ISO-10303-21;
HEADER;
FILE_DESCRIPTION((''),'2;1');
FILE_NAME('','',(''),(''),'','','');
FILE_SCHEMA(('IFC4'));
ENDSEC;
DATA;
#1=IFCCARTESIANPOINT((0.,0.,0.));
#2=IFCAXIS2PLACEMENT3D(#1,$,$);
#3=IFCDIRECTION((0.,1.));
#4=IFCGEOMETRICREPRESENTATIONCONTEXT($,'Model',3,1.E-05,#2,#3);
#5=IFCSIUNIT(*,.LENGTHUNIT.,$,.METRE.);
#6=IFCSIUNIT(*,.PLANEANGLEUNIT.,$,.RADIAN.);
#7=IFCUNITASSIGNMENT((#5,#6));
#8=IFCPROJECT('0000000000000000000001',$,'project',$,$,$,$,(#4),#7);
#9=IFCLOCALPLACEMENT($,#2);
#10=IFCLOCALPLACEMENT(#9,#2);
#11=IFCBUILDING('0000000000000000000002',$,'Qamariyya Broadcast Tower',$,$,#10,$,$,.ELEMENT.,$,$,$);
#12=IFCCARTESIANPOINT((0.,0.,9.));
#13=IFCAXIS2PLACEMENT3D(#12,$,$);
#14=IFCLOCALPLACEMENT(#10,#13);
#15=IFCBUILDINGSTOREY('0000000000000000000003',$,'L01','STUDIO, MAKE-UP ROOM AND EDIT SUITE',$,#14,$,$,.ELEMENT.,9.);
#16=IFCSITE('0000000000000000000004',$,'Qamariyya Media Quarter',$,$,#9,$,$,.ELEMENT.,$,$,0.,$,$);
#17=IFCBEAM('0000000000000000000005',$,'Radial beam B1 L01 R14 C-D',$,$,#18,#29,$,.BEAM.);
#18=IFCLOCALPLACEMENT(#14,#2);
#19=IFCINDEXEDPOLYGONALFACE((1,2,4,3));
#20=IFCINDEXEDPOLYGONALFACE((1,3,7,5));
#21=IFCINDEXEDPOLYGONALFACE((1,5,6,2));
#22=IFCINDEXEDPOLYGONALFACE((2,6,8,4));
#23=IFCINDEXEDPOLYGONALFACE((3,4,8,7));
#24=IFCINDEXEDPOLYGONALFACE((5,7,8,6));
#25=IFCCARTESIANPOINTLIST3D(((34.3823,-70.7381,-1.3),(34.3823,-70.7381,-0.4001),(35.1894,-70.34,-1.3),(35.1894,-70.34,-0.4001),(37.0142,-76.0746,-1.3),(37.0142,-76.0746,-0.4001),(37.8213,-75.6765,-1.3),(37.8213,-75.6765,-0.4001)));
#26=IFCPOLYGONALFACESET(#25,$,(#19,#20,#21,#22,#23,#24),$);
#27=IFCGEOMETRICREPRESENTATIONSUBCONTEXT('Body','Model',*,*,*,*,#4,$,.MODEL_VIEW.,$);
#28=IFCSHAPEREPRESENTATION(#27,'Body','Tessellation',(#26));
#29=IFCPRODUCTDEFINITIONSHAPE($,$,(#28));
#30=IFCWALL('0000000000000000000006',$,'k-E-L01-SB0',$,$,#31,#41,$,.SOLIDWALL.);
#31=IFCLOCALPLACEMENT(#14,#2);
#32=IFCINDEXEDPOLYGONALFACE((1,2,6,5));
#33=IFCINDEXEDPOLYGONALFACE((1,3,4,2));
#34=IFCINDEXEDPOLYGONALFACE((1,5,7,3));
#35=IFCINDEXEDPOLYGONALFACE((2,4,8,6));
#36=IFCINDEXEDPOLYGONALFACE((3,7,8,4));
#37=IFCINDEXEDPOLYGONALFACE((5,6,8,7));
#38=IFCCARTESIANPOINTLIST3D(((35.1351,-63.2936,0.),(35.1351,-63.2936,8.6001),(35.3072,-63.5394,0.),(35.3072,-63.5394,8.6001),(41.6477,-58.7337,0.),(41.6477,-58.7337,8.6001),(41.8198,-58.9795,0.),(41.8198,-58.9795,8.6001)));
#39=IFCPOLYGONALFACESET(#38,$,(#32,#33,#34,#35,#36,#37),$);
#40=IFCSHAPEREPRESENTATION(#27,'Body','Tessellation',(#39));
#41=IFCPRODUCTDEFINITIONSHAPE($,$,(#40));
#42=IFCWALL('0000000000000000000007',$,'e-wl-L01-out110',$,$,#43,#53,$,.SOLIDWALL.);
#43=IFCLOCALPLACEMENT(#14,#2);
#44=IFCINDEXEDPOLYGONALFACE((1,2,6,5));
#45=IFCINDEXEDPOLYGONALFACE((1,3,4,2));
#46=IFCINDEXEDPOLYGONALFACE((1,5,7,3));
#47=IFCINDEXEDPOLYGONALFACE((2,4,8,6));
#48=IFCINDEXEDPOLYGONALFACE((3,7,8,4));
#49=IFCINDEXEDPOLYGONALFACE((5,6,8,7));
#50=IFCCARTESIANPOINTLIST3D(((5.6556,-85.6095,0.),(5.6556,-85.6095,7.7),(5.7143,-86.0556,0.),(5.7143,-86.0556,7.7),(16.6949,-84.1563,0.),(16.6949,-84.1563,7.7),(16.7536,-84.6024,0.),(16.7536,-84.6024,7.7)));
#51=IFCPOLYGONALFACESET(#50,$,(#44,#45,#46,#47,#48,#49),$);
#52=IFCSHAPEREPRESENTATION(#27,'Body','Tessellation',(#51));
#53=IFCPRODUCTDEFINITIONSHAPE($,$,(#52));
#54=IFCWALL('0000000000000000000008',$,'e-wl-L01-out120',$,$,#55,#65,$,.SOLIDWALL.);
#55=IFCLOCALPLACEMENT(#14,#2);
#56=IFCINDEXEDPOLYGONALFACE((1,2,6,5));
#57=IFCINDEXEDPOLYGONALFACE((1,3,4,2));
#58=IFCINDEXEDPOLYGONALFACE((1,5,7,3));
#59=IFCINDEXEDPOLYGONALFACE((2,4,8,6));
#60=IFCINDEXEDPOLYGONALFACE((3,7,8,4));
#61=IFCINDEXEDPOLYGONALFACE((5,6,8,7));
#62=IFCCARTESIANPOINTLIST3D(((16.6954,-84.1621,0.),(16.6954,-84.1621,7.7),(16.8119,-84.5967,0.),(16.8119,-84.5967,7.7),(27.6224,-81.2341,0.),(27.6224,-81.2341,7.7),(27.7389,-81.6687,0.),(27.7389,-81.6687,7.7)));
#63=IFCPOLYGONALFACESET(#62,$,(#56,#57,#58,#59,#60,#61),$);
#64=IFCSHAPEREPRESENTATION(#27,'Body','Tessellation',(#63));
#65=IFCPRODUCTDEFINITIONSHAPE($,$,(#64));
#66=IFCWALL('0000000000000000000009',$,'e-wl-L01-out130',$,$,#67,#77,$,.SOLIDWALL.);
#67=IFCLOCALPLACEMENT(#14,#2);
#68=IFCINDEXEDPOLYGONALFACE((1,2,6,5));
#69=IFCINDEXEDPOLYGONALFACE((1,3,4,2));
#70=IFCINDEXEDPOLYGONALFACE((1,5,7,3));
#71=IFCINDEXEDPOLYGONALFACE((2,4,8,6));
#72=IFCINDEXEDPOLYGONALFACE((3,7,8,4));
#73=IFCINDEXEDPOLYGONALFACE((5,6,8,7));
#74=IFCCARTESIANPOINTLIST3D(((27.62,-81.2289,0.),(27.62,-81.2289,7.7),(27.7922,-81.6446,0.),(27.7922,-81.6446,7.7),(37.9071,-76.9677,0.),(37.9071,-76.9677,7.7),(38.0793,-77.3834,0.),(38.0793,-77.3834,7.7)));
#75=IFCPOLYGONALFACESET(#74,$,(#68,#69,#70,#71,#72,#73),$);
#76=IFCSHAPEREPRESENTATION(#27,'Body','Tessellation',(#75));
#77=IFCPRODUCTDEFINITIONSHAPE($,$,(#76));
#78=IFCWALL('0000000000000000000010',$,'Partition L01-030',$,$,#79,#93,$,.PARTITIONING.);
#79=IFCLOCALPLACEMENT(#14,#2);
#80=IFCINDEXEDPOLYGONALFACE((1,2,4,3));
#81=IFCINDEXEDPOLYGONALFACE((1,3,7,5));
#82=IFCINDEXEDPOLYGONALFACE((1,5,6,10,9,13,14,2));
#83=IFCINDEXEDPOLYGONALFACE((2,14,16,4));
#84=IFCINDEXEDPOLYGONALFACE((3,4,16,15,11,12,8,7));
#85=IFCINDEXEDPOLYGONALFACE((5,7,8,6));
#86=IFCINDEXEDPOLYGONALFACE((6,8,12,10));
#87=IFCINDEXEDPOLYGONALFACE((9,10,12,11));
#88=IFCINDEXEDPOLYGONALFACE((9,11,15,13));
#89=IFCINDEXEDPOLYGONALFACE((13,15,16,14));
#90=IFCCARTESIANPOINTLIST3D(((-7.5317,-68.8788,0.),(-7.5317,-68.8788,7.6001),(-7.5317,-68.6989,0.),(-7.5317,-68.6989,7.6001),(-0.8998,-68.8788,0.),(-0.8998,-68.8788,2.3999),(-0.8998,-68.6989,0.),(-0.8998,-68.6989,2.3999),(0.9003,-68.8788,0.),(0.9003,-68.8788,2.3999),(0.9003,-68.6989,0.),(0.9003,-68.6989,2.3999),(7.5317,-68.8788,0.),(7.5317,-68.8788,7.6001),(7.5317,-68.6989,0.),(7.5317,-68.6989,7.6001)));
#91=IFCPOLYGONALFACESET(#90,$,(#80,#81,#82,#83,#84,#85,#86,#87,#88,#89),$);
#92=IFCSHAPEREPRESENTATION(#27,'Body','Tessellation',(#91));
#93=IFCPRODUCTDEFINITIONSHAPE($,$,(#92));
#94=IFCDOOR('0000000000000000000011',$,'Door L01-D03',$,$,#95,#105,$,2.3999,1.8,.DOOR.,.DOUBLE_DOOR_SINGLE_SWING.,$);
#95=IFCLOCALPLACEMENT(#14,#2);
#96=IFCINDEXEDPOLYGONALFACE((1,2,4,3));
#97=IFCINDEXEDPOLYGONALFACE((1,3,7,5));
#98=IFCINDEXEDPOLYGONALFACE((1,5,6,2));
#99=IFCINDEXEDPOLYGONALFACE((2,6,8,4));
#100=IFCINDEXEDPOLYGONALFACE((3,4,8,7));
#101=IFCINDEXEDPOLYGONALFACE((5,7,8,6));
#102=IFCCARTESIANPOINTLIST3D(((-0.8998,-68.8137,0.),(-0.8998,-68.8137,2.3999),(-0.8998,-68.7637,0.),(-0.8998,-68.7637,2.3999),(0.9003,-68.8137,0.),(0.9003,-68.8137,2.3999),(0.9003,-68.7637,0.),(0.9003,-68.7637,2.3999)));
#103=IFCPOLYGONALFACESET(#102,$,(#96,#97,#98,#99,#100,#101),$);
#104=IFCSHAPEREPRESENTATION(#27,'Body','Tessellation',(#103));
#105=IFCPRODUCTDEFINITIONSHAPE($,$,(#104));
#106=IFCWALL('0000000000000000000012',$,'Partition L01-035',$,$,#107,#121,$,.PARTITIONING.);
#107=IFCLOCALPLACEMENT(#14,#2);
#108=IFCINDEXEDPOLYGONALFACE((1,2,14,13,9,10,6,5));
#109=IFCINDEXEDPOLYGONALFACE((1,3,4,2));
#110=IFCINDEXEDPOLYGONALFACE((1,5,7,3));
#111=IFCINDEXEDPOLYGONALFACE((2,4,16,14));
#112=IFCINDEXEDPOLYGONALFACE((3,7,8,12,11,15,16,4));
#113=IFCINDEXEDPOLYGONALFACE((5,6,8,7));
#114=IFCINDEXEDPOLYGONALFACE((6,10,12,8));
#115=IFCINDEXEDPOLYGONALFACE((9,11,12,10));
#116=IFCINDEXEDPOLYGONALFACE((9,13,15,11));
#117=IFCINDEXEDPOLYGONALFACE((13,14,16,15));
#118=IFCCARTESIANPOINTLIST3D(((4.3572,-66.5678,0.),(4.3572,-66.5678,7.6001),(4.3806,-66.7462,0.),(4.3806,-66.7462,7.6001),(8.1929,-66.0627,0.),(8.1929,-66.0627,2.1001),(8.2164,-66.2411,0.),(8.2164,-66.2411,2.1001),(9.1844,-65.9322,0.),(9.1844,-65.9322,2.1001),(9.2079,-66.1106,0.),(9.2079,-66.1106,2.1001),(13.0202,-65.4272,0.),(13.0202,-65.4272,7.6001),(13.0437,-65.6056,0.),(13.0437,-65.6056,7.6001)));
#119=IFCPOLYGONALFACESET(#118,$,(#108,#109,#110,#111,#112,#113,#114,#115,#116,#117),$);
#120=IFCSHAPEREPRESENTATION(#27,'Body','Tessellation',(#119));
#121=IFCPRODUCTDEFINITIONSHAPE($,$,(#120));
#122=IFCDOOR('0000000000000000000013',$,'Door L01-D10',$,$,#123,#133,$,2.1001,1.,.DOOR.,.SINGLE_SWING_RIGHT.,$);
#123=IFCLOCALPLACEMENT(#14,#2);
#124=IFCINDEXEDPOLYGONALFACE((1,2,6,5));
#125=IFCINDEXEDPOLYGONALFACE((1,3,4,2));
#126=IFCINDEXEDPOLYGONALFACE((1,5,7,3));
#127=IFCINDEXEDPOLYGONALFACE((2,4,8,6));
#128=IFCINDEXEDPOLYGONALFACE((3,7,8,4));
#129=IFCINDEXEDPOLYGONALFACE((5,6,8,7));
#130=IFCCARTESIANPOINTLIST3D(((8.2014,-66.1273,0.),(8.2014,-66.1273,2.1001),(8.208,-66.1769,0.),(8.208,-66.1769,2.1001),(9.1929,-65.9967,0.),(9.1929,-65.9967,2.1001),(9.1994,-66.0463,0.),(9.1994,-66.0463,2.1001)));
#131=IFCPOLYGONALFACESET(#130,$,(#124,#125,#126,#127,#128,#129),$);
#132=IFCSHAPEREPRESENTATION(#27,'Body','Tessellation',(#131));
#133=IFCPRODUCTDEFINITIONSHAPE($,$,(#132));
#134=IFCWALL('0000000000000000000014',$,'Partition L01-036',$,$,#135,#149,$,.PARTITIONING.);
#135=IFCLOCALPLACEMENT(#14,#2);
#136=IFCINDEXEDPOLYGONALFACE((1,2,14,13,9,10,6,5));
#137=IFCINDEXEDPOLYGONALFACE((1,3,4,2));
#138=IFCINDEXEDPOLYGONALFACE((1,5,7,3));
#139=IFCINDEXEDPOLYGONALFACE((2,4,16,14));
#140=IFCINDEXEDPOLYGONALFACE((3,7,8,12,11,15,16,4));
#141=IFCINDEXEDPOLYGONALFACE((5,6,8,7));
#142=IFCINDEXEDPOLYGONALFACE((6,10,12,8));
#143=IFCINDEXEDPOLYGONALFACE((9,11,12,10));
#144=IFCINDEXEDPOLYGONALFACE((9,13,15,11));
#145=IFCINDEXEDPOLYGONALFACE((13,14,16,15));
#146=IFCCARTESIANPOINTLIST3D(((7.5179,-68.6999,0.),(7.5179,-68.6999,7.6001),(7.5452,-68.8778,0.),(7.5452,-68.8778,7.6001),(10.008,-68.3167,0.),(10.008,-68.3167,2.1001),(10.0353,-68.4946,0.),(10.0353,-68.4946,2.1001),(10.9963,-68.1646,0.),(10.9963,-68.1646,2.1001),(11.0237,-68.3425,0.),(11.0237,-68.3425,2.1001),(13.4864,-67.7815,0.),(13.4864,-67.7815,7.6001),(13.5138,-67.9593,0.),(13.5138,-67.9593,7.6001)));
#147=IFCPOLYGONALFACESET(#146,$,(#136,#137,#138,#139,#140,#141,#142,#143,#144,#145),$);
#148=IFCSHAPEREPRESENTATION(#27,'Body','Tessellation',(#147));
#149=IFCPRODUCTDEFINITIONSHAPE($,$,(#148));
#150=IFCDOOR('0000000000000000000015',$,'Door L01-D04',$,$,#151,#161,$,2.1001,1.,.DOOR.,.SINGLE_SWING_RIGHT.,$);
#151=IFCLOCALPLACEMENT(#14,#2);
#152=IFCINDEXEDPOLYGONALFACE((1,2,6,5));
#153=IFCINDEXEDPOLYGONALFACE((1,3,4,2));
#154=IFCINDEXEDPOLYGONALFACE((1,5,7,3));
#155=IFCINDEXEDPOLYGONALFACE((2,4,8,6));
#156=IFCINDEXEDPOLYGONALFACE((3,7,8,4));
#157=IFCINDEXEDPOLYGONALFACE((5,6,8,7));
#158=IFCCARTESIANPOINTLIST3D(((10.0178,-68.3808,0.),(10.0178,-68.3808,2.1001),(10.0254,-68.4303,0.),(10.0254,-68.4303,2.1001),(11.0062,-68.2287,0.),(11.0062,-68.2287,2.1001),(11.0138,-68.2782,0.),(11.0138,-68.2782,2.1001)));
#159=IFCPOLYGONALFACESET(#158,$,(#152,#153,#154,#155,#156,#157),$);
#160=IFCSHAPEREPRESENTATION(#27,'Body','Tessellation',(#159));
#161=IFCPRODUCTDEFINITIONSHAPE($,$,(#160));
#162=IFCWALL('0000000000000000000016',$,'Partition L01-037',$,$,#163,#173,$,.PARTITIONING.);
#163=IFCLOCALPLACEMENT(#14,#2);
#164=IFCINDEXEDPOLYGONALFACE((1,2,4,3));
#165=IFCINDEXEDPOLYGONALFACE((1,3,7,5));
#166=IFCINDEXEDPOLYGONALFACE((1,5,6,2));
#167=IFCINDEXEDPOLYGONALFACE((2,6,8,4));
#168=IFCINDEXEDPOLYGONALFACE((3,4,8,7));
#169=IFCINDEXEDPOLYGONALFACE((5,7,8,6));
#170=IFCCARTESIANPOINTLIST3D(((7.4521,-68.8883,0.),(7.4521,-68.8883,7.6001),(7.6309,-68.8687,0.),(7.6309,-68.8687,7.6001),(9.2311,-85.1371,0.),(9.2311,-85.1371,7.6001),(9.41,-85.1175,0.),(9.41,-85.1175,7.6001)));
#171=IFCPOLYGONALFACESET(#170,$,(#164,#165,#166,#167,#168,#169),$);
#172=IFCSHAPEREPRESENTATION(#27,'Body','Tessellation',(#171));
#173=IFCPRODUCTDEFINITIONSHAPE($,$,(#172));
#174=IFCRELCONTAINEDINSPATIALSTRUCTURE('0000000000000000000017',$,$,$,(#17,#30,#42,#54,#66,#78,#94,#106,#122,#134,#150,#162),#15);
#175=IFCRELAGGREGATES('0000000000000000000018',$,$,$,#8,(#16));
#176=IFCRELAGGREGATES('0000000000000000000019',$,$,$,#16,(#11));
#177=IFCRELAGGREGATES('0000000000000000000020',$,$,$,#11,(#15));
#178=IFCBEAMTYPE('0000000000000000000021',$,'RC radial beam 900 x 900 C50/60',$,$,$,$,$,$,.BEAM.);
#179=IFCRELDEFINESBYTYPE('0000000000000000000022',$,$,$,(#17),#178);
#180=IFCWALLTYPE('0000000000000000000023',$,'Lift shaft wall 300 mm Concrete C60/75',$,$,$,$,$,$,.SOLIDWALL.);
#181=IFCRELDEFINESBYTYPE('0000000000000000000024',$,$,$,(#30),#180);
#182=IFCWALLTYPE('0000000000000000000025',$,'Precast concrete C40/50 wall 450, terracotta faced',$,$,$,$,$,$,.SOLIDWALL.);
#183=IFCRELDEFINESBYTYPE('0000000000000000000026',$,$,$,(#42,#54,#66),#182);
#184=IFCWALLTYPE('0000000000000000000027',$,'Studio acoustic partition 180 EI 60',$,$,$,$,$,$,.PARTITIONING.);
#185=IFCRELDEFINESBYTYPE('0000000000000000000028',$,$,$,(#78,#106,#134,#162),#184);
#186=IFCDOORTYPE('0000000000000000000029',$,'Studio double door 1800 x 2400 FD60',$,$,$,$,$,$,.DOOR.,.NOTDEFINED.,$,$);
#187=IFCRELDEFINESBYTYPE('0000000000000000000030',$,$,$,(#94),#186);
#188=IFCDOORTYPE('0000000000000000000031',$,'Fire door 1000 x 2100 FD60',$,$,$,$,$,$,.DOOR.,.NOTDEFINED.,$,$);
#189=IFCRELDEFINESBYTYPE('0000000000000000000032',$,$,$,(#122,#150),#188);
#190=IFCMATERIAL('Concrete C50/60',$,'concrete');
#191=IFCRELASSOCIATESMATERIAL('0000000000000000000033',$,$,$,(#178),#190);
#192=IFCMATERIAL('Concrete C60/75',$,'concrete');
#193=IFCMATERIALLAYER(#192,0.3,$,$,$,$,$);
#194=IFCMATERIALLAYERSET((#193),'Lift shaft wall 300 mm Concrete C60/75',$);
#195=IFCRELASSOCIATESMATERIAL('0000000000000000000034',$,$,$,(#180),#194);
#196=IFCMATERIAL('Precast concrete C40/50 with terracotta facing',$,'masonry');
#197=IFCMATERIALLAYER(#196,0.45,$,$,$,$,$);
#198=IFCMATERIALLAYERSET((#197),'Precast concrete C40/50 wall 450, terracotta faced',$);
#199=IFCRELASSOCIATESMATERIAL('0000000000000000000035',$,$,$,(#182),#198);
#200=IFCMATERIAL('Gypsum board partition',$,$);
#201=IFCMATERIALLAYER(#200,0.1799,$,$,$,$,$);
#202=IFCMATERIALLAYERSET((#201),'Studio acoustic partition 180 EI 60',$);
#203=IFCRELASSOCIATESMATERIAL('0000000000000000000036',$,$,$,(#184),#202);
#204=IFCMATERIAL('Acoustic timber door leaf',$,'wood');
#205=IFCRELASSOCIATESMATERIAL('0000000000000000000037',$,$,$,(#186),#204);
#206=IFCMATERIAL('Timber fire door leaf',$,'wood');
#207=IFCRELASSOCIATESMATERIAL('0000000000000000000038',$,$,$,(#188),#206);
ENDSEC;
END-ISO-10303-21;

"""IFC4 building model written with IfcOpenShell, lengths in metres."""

from ifc_helpers import new_model, si_unit, direction, frame, frame_2d, origin, origin_2d, place, context, subcontext, project, spatial, rectangle, extrude, material, layer, layer_set, material_profile, profile_set, type_object, element, fill, save


model = new_model("IFC4")

# Units and contexts
model_context = context("Model", 3, precision=1e-05, world=origin(), true_north=direction((0.0, 1.0)))
body_context = subcontext(model_context, "Body", "Model", "MODEL_VIEW")
ifc_project = project(units=[si_unit("LENGTHUNIT", "METRE"), si_unit("PLANEANGLEUNIT", "RADIAN")], contexts=[model_context])

# Site, building, storey
site_placement = place(None, origin())
site = spatial("IfcSite", under=ifc_project, at=site_placement, Name="Qamariyya Media Quarter", CompositionType="ELEMENT", RefElevation=0.0)
building_placement = place(site_placement, origin())
building = spatial("IfcBuilding", under=site, at=building_placement, Name="Qamariyya Broadcast Tower", CompositionType="ELEMENT")
storey_placement = place(building_placement, frame((0.0, 0.0, 9.0)))
storey = spatial("IfcBuildingStorey", under=building, at=storey_placement, Name="L01", Description="STUDIO, MAKE-UP ROOM AND EDIT SUITE", CompositionType="ELEMENT", Elevation=9.0)

# Beam
ifc_material_1 = material(Name="Concrete C50/60", Category="concrete")
ifc_material_profile_1 = material_profile(ifc_material_1, rectangle(XDim=0.8999, YDim=0.8999, at=origin_2d()))
ifc_profile_set_1 = profile_set([ifc_material_profile_1], Name="Concrete C50/60")
beam_type_1 = type_object("IfcBeamType", Name="RC radial beam 900 x 900 C50/60", PredefinedType="BEAM", material=ifc_profile_set_1)
beam_1_placement = place(storey_placement, frame((34.7859, -70.5391, -0.8501), z_axis=(0.442316, -0.896859, 0.0), x_axis=(0.896859, 0.442316, 0.0)))
element("IfcBeam", 1, at=beam_1_placement, inside=storey, type_object=beam_type_1, Name="Radial beam B1 L01 R14 C-D", PredefinedType="BEAM", context=body_context, shape_type="SweptSolid", body=[
    extrude(rectangle(XDim=0.8999, YDim=0.8999, at=origin_2d()), origin(), (0.0, 0.0, 1.0), 5.9502),
])

# Walls
ifc_material_2 = material(Name="Concrete C60/75", Category="concrete")
ifc_layer_1 = layer(ifc_material_2, 0.3)
ifc_layer_set_1 = layer_set([ifc_layer_1], Name="Lift shaft wall 300 mm Concrete C60/75")
wall_type_1 = type_object("IfcWallType", Name="Lift shaft wall 300 mm Concrete C60/75", PredefinedType="SOLIDWALL", material=ifc_layer_set_1)
wall_1_placement = place(storey_placement, frame((35.2212, -63.4165, 0.0), z_axis=(0.0, 0.0, 1.0), x_axis=(0.819167, 0.573555, 0.0)))
element("IfcWall", 2, at=wall_1_placement, inside=storey, type_object=wall_type_1, Name="k-E-L01-SB0", PredefinedType="SOLIDWALL", context=body_context, shape_type="SweptSolid", body=[
    extrude(rectangle(XDim=7.9502, YDim=0.3, at=frame_2d((3.9751, 0.0))), origin(), (0.0, 0.0, 1.0), 8.6001),
])
ifc_material_3 = material(Name="Precast concrete C40/50 with terracotta facing", Category="masonry")
ifc_layer_2 = layer(ifc_material_3, 0.45)
ifc_layer_set_2 = layer_set([ifc_layer_2], Name="Precast concrete C40/50 wall 450, terracotta faced")
wall_type_2 = type_object("IfcWallType", Name="Precast concrete C40/50 wall 450, terracotta faced", PredefinedType="SOLIDWALL", material=ifc_layer_set_2)
wall_2_placement = place(storey_placement, frame((5.6848, -85.8325, 0.0), z_axis=(0.0, 0.0, 1.0), x_axis=(0.991448, 0.130506, 0.0)))
element("IfcWall", 3, at=wall_2_placement, inside=storey, type_object=wall_type_2, Name="e-wl-L01-out110", PredefinedType="SOLIDWALL", context=body_context, shape_type="SweptSolid", body=[
    extrude(rectangle(XDim=11.1345, YDim=0.45, at=frame_2d((5.5674, 0.0))), origin(), (0.0, 0.0, 1.0), 7.7),
])
wall_3_placement = place(storey_placement, frame((16.7537, -84.3794, 0.0), z_axis=(0.0, 0.0, 1.0), x_axis=(0.965924, 0.258827, 0.0)))
element("IfcWall", 4, at=wall_3_placement, inside=storey, type_object=wall_type_2, Name="e-wl-L01-out120", PredefinedType="SOLIDWALL", context=body_context, shape_type="SweptSolid", body=[
    extrude(rectangle(XDim=11.3125, YDim=0.45, at=frame_2d((5.6562, 0.0))), origin(), (0.0, 0.0, 1.0), 7.7),
])
wall_4_placement = place(storey_placement, frame((27.7061, -81.4368, 0.0), z_axis=(0.0, 0.0, 1.0), x_axis=(0.923874, 0.382696, 0.0)))
element("IfcWall", 5, at=wall_4_placement, inside=storey, type_object=wall_type_2, Name="e-wl-L01-out130", PredefinedType="SOLIDWALL", context=body_context, shape_type="SweptSolid", body=[
    extrude(rectangle(XDim=11.1348, YDim=0.45, at=frame_2d((5.5674, 0.0))), origin(), (0.0, 0.0, 1.0), 7.7),
])

# Walls, openings, doors
ifc_material_4 = material(Name="Gypsum board partition")
ifc_layer_3 = layer(ifc_material_4, 0.1799)
ifc_layer_set_3 = layer_set([ifc_layer_3], Name="Studio acoustic partition 180 EI 60")
wall_type_3 = type_object("IfcWallType", Name="Studio acoustic partition 180 EI 60", PredefinedType="PARTITIONING", material=ifc_layer_set_3)
wall_5_placement = place(storey_placement, frame((7.5317, -68.7888, 0.0), z_axis=(0.0, 0.0, 1.0), x_axis=(-1.0, 0.0, 0.0)))
wall_5 = element("IfcWall", 6, at=wall_5_placement, inside=storey, type_object=wall_type_3, Name="Partition L01-030", PredefinedType="PARTITIONING", context=body_context, shape_type="SweptSolid", body=[
    extrude(rectangle(XDim=15.0635, YDim=0.1799, at=frame_2d((7.5317, 0.0))), origin(), (0.0, 0.0, 1.0), 7.6001),
])
opening_1_placement = place(wall_5_placement, frame((6.6316, 0.0, 0.0)))
opening_1 = element("IfcOpeningElement", 7, at=opening_1_placement, cuts=wall_5, PredefinedType="OPENING", context=body_context, shape_type="SweptSolid", body=[
    extrude(rectangle(XDim=1.8, YDim=2.3999, at=frame_2d((0.8999, 1.2))), frame((0.0, 0.0999, 0.0), z_axis=(0.0, -1.0, 0.0), x_axis=(1.0, 0.0, 0.0)), (0.0, 0.0, 1.0), 0.2),
])
ifc_material_5 = material(Name="Acoustic timber door leaf", Category="wood")
door_type_1 = type_object("IfcDoorType", Name="Studio double door 1800 x 2400 FD60", OperationType="NOTDEFINED", PredefinedType="DOOR", material=ifc_material_5)
door_1_placement = place(opening_1_placement, origin())
door_1 = element("IfcDoor", 8, at=door_1_placement, inside=storey, type_object=door_type_1, Name="Door L01-D03", OperationType="DOUBLE_DOOR_SINGLE_SWING", OverallHeight=2.3999, OverallWidth=1.8, PredefinedType="DOOR", context=body_context, shape_type="SweptSolid", body=[
    extrude(rectangle(XDim=1.8, YDim=2.3999, at=frame_2d((0.8999, 1.2))), frame((0.0, 0.0249, 0.0), z_axis=(0.0, -1.0, 0.0), x_axis=(1.0, 0.0, 0.0)), (0.0, 0.0, 1.0), 0.05),
])
fill(opening_1, door_1)
wall_6_placement = place(storey_placement, frame((4.3689, -66.657, 0.0), z_axis=(0.0, 0.0, 1.0), x_axis=(0.991443, 0.130538, 0.0)))
wall_6 = element("IfcWall", 9, at=wall_6_placement, inside=storey, type_object=wall_type_3, Name="Partition L01-035", PredefinedType="PARTITIONING", context=body_context, shape_type="SweptSolid", body=[
    extrude(rectangle(XDim=8.7378, YDim=0.1799, at=frame_2d((4.3689, 0.0))), origin(), (0.0, 0.0, 1.0), 7.6001),
])
opening_2_placement = place(wall_6_placement, frame((3.8689, 0.0, 0.0)))
opening_2 = element("IfcOpeningElement", 10, at=opening_2_placement, cuts=wall_6, PredefinedType="OPENING", context=body_context, shape_type="SweptSolid", body=[
    extrude(rectangle(XDim=1.0, YDim=2.1001, at=frame_2d((0.5, 1.05))), frame((0.0, 0.0999, 0.0), z_axis=(0.0, -1.0, 0.0), x_axis=(1.0, 0.0, 0.0)), (0.0, 0.0, 1.0), 0.2),
])
ifc_material_6 = material(Name="Timber fire door leaf", Category="wood")
door_type_2 = type_object("IfcDoorType", Name="Fire door 1000 x 2100 FD60", OperationType="NOTDEFINED", PredefinedType="DOOR", material=ifc_material_6)
door_2_placement = place(opening_2_placement, origin())
door_2 = element("IfcDoor", 11, at=door_2_placement, inside=storey, type_object=door_type_2, Name="Door L01-D10", OperationType="SINGLE_SWING_RIGHT", OverallHeight=2.1001, OverallWidth=1.0, PredefinedType="DOOR", context=body_context, shape_type="SweptSolid", body=[
    extrude(rectangle(XDim=1.0, YDim=2.1001, at=frame_2d((0.5, 1.05))), frame((0.0, 0.0249, 0.0), z_axis=(0.0, -1.0, 0.0), x_axis=(1.0, 0.0, 0.0)), (0.0, 0.0, 1.0), 0.05),
])
fill(opening_2, door_2)
wall_7_placement = place(storey_placement, frame((13.5002, -67.8704, 0.0), z_axis=(0.0, 0.0, 1.0), x_axis=(-0.988366, -0.152094, 0.0)))
wall_7 = element("IfcWall", 12, at=wall_7_placement, inside=storey, type_object=wall_type_3, Name="Partition L01-036", PredefinedType="PARTITIONING", context=body_context, shape_type="SweptSolid", body=[
    extrude(rectangle(XDim=6.0388, YDim=0.1799, at=frame_2d((3.0195, 0.0))), origin(), (0.0, 0.0, 1.0), 7.6001),
])
opening_3_placement = place(wall_7_placement, frame((2.5195, 0.0, 0.0)))
opening_3 = element("IfcOpeningElement", 13, at=opening_3_placement, cuts=wall_7, PredefinedType="OPENING", context=body_context, shape_type="SweptSolid", body=[
    extrude(rectangle(XDim=1.0, YDim=2.1001, at=frame_2d((0.5, 1.05))), frame((0.0, 0.0999, 0.0), z_axis=(0.0, -1.0, 0.0), x_axis=(1.0, 0.0, 0.0)), (0.0, 0.0, 1.0), 0.2),
])
door_3_placement = place(opening_3_placement, origin())
door_3 = element("IfcDoor", 14, at=door_3_placement, inside=storey, type_object=door_type_2, Name="Door L01-D04", OperationType="SINGLE_SWING_RIGHT", OverallHeight=2.1001, OverallWidth=1.0, PredefinedType="DOOR", context=body_context, shape_type="SweptSolid", body=[
    extrude(rectangle(XDim=1.0, YDim=2.1001, at=frame_2d((0.5, 1.05))), frame((0.0, 0.0249, 0.0), z_axis=(0.0, -1.0, 0.0), x_axis=(1.0, 0.0, 0.0)), (0.0, 0.0, 1.0), 0.05),
])
fill(opening_3, door_3)

# Wall
wall_8_placement = place(storey_placement, frame((9.3206, -85.1272, 0.0), z_axis=(0.0, 0.0, 1.0), x_axis=(-0.108838, 0.99406, 0.0)))
element("IfcWall", 15, at=wall_8_placement, inside=storey, type_object=wall_type_3, Name="Partition L01-037", PredefinedType="PARTITIONING", context=body_context, shape_type="SweptSolid", body=[
    extrude(rectangle(XDim=16.3459, YDim=0.1799, at=frame_2d((8.1729, 0.0))), origin(), (0.0, 0.0, 1.0), 7.6001),
])

save(model, "model.ifc")
